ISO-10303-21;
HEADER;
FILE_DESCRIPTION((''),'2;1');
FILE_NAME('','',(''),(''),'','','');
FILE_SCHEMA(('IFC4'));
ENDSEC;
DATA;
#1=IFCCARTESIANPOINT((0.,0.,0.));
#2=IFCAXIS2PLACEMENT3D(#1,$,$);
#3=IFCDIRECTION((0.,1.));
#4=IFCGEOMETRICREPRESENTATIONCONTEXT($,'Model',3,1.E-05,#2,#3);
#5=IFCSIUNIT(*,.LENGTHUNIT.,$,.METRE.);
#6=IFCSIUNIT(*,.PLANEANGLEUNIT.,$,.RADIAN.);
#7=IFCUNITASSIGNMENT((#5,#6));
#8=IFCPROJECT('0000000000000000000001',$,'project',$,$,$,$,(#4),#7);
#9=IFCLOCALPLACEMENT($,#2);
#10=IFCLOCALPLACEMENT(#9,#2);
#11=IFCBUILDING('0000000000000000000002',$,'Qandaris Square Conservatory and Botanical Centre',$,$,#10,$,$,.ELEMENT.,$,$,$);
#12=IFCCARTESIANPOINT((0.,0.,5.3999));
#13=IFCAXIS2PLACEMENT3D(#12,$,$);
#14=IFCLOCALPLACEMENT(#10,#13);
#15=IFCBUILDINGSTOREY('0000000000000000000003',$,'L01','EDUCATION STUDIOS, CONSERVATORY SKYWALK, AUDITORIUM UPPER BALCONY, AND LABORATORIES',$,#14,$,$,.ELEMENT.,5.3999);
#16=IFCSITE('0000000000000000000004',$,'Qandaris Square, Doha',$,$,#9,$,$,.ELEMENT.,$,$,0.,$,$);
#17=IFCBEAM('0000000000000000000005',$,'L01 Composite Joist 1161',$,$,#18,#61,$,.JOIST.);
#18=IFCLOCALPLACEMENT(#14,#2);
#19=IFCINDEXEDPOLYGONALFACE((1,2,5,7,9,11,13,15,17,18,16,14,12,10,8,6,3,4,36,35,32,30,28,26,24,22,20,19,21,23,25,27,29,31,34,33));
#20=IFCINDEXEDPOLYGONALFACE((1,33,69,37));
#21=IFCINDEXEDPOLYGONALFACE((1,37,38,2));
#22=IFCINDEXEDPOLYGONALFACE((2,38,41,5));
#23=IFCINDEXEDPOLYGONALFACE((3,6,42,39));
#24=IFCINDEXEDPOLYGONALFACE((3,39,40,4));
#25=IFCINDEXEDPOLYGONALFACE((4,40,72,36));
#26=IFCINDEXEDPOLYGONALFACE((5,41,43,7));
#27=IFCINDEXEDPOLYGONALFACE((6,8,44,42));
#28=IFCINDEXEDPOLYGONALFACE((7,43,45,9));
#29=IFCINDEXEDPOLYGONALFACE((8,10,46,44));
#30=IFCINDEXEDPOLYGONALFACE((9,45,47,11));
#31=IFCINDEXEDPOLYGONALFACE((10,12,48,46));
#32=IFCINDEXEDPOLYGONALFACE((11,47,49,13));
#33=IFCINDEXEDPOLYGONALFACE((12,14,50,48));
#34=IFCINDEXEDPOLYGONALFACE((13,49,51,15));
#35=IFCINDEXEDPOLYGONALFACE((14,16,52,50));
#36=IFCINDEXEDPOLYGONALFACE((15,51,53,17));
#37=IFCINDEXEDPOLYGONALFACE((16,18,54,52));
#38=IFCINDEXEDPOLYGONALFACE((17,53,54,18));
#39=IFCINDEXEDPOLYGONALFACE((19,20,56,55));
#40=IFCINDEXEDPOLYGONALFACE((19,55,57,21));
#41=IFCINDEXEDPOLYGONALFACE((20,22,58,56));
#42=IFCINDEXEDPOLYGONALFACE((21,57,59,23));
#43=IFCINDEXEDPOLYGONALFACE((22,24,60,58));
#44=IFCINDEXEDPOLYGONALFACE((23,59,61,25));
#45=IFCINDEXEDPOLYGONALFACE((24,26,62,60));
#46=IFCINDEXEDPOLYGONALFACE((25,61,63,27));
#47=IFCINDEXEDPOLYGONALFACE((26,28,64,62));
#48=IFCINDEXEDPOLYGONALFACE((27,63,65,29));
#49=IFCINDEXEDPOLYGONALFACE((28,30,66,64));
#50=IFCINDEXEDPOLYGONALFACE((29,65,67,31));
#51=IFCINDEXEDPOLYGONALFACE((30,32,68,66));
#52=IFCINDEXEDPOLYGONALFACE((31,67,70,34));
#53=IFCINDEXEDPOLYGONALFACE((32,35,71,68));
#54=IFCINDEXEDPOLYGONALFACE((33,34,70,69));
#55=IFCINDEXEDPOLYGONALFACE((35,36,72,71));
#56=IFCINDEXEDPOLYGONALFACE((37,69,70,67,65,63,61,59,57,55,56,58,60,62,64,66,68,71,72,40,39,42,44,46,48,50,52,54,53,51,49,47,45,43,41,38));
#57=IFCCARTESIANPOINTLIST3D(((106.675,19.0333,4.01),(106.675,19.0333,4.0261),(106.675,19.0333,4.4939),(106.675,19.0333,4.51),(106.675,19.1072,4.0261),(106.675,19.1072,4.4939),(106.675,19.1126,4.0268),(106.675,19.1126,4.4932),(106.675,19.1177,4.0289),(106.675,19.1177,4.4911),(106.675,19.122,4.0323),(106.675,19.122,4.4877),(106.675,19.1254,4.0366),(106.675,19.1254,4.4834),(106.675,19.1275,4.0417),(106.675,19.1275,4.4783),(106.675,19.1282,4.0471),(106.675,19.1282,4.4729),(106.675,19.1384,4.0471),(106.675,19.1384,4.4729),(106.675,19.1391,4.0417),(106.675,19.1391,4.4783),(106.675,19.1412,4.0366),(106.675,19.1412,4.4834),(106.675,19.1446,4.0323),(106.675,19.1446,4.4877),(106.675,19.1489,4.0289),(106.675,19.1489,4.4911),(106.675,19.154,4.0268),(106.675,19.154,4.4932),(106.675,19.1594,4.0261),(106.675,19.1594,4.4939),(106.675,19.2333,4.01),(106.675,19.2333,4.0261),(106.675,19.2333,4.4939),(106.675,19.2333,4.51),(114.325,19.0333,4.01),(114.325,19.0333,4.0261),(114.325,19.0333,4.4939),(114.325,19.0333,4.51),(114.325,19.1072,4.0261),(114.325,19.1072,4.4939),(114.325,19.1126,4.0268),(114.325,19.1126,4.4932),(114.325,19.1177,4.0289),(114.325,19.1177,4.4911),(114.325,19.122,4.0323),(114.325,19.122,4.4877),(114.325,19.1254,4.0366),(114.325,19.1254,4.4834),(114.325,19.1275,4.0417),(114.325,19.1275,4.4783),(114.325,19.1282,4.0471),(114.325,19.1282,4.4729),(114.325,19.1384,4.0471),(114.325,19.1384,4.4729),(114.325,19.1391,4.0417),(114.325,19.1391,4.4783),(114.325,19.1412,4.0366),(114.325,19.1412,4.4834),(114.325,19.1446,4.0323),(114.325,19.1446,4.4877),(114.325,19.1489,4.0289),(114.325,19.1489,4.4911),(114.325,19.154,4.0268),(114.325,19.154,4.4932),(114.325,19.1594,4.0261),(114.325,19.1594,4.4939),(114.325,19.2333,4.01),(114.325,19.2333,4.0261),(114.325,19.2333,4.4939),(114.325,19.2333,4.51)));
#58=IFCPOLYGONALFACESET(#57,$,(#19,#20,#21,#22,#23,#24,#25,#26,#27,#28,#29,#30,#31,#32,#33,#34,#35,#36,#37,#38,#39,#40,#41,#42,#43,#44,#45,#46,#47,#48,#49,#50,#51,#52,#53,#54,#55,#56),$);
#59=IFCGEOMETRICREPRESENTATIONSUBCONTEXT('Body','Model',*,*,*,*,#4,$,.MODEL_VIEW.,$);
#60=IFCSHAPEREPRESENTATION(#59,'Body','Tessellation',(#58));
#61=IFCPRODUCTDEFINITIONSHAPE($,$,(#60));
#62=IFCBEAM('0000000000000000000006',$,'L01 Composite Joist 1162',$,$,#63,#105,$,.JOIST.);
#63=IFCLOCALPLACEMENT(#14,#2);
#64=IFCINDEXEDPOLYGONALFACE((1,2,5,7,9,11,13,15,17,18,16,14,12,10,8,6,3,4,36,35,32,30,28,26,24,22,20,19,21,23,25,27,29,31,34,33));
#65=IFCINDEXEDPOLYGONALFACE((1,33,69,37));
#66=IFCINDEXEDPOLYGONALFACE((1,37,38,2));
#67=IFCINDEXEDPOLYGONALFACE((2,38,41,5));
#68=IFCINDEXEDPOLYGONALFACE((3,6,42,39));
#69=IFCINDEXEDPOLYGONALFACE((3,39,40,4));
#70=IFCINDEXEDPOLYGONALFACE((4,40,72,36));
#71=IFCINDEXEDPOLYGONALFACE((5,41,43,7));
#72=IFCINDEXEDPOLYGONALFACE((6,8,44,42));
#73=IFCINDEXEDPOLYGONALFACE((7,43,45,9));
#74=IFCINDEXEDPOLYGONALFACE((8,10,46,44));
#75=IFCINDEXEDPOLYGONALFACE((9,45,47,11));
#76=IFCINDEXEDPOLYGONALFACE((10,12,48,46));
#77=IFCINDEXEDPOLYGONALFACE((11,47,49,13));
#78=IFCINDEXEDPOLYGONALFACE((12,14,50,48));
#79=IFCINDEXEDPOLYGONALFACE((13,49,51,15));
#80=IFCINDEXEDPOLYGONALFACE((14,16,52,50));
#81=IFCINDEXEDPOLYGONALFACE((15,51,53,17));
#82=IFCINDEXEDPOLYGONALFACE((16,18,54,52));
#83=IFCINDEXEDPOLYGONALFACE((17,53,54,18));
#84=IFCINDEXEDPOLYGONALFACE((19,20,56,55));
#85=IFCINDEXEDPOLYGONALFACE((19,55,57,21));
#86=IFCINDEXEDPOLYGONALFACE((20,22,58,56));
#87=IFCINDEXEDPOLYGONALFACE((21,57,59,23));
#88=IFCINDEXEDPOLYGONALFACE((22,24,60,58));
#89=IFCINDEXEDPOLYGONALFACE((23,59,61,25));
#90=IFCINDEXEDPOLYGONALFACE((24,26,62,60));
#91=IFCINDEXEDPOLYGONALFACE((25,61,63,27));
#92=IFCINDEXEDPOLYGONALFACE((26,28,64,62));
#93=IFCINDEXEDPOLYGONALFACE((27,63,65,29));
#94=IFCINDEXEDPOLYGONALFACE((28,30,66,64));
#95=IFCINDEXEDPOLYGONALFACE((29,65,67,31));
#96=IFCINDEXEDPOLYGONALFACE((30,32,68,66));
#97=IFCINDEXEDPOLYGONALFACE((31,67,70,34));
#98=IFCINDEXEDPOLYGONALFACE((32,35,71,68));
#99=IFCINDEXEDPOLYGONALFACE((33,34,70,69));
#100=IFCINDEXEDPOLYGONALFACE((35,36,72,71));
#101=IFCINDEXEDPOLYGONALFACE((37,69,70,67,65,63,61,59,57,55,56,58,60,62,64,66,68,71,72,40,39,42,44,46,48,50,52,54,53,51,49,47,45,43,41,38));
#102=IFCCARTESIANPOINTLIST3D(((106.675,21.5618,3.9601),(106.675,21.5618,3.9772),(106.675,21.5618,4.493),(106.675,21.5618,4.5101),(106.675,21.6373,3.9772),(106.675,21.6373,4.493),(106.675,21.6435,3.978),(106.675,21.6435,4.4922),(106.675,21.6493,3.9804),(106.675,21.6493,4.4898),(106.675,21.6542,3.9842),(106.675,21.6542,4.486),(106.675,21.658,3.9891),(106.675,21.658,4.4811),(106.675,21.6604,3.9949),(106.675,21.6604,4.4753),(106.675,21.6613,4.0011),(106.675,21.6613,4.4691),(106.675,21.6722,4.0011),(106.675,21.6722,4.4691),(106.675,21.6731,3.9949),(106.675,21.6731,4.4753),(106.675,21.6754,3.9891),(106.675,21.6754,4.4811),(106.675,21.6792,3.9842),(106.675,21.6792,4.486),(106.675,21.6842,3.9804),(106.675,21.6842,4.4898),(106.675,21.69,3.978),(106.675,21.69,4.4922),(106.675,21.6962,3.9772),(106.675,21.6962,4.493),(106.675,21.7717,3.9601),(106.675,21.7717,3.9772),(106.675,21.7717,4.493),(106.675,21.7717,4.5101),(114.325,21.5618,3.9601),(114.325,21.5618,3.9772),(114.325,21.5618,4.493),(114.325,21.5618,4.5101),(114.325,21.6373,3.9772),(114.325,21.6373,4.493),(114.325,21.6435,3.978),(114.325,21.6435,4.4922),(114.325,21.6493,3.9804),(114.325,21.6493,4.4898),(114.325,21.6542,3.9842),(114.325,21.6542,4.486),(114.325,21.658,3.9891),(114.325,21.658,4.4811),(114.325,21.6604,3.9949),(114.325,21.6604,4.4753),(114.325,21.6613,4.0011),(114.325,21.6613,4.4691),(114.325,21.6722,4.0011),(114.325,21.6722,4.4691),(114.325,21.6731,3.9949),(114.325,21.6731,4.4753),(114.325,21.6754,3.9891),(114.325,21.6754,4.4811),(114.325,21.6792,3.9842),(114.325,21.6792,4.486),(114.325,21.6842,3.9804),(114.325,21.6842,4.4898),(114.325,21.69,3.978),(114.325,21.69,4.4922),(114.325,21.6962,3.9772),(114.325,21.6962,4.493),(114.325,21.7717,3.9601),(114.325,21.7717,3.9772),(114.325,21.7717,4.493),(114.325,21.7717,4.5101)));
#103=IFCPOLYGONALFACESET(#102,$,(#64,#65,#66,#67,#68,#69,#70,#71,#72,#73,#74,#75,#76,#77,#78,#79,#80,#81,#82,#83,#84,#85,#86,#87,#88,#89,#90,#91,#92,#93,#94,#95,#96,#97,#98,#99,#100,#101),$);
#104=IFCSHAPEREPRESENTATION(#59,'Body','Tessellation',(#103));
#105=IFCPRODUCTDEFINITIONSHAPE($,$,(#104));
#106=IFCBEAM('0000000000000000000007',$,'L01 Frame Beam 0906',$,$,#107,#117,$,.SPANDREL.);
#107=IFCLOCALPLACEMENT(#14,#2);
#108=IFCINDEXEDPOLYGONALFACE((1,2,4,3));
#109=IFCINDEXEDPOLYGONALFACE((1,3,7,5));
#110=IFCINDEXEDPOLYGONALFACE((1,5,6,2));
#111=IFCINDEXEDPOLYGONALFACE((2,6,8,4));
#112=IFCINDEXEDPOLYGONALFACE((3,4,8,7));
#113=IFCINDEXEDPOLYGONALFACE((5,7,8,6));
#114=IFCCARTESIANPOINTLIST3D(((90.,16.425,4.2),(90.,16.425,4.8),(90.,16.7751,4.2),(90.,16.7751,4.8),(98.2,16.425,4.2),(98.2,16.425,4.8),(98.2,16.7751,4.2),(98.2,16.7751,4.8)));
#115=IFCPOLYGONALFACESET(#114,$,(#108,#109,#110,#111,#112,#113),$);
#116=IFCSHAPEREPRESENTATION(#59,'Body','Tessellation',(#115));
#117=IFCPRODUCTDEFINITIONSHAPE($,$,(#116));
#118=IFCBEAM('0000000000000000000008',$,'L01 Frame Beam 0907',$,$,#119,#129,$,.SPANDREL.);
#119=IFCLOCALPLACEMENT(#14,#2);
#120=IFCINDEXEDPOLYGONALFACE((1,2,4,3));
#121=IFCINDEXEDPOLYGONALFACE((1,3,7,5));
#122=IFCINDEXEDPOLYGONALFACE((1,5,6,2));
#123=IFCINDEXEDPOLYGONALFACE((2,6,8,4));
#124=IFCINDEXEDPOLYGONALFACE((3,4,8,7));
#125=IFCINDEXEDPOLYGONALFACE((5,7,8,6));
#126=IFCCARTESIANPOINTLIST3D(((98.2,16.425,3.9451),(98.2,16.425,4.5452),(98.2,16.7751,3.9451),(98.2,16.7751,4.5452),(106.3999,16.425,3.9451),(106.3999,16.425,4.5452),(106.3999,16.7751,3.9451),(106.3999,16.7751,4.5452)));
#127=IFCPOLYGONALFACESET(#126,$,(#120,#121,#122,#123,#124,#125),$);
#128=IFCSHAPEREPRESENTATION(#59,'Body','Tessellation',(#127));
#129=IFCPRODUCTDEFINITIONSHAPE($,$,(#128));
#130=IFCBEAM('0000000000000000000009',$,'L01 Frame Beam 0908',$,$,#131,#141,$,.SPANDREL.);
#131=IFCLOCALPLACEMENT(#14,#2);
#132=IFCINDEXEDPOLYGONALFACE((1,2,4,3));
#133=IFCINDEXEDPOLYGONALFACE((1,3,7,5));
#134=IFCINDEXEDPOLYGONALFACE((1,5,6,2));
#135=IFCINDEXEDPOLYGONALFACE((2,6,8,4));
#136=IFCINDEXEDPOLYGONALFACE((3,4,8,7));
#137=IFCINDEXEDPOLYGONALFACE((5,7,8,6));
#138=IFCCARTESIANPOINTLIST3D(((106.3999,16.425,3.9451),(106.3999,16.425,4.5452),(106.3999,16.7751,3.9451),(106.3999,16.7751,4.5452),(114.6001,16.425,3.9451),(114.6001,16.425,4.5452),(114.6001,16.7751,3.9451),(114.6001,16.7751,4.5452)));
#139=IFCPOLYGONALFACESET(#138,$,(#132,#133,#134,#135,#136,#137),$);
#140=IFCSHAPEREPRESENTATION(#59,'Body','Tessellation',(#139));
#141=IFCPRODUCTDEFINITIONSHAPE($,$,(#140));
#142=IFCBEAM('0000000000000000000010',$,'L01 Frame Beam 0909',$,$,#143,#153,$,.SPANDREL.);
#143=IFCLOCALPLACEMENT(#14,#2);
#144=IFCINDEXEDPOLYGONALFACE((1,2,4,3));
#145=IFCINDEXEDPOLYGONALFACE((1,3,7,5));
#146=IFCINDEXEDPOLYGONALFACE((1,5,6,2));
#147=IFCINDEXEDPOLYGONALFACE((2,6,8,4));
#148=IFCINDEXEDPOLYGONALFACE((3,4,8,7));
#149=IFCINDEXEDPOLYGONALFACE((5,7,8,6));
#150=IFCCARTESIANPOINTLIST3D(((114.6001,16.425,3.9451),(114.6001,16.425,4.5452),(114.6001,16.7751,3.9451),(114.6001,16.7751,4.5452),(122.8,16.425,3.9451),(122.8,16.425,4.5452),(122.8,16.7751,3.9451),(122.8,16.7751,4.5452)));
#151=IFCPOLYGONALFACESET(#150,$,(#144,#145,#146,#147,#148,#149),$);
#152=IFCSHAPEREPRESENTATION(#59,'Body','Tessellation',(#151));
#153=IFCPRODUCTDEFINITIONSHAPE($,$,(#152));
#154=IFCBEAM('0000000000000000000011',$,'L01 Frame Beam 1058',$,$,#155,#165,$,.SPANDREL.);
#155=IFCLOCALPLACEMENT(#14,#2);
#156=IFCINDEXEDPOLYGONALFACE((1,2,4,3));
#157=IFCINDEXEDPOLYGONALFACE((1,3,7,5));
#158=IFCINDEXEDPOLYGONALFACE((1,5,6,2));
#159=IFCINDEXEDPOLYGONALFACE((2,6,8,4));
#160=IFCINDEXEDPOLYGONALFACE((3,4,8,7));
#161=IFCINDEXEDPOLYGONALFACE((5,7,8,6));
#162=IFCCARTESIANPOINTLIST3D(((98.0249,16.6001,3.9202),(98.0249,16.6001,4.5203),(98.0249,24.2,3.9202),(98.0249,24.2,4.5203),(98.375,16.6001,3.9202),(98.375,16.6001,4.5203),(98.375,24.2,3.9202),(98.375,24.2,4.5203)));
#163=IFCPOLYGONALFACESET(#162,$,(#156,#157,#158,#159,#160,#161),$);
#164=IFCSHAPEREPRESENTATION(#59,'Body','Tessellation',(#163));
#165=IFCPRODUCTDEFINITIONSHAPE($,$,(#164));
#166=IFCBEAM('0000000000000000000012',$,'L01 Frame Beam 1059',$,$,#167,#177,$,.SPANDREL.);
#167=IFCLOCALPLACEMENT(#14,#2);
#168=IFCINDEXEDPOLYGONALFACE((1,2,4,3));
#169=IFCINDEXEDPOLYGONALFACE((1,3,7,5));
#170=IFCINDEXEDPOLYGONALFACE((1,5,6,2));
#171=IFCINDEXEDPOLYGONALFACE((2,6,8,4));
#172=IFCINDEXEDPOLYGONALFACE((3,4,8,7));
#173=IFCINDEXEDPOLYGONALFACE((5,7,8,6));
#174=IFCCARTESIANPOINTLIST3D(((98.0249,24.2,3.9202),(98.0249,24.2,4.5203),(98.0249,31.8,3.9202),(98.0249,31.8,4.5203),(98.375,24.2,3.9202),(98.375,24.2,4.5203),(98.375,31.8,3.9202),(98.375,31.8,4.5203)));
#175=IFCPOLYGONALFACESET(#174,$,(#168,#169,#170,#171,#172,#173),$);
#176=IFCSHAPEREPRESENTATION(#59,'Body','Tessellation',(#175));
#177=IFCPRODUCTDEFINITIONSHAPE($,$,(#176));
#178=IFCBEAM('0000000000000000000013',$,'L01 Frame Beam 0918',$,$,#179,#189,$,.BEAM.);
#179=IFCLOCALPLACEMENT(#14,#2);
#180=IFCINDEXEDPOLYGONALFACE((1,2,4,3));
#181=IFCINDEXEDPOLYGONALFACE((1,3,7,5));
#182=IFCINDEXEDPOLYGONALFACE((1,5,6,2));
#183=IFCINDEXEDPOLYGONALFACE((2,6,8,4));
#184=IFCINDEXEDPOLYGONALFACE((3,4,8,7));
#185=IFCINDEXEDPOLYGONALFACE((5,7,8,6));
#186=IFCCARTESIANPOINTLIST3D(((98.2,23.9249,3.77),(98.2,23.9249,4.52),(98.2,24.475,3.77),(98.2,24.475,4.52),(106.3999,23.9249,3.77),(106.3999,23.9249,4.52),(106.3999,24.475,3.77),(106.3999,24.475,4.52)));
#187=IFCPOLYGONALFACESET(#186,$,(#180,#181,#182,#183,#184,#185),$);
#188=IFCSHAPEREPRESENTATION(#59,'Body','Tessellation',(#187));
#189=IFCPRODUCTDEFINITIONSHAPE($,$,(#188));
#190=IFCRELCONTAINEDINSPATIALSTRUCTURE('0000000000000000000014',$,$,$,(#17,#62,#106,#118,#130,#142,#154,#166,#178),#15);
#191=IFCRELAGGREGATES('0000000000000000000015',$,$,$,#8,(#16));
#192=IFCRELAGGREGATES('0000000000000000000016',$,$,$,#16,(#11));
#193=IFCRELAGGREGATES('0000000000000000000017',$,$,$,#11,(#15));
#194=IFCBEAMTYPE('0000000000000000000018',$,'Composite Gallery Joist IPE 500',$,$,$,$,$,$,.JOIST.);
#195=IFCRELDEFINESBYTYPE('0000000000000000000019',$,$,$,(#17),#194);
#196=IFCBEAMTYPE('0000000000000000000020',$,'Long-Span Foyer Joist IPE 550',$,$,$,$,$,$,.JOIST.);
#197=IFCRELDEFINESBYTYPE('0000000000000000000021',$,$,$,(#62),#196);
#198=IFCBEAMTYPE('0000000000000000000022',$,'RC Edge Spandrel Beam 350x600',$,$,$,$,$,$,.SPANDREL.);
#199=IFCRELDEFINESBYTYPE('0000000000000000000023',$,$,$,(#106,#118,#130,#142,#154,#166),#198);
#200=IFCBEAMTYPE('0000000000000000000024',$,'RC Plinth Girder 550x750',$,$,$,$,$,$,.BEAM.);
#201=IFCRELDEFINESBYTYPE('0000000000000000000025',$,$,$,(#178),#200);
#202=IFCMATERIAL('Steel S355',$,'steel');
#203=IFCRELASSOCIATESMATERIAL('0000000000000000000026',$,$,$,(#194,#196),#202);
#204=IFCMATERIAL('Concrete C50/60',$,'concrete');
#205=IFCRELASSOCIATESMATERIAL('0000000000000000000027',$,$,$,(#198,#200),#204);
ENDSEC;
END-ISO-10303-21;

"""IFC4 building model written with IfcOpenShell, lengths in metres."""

from ifc_helpers import new_model, si_unit, direction, frame, origin, origin_2d, place, context, subcontext, project, spatial, rectangle, i_section, extrude, material, material_profile, profile_set, type_object, element, save


model = new_model("IFC4")

# Units and contexts
model_context = context("Model", 3, precision=1e-05, world=origin(), true_north=direction((0.0, 1.0)))
body_context = subcontext(model_context, "Body", "Model", "MODEL_VIEW")
ifc_project = project(units=[si_unit("LENGTHUNIT", "METRE"), si_unit("PLANEANGLEUNIT", "RADIAN")], contexts=[model_context])

# Site, building, storey
site_placement = place(None, origin())
site = spatial("IfcSite", under=ifc_project, at=site_placement, Name="Qandaris Square, Doha", CompositionType="ELEMENT", RefElevation=0.0)
building_placement = place(site_placement, origin())
building = spatial("IfcBuilding", under=site, at=building_placement, Name="Qandaris Square Conservatory and Botanical Centre", CompositionType="ELEMENT")
storey_placement = place(building_placement, frame((0.0, 0.0, 5.3999)))
storey = spatial("IfcBuildingStorey", under=building, at=storey_placement, Name="L01", Description="EDUCATION STUDIOS, CONSERVATORY SKYWALK, AUDITORIUM UPPER BALCONY, AND LABORATORIES", CompositionType="ELEMENT", Elevation=5.3999)

# Shared definitions
ifc_material_1 = material(Name="Concrete C50/60", Category="concrete")

# Shared definitions
ifc_material_2 = material(Name="Steel S355", Category="steel")

# Beams
ifc_material_profile_1 = material_profile(ifc_material_2, i_section(OverallWidth=0.2, OverallDepth=0.5, WebThickness=0.0103, FlangeThickness=0.0161, FilletRadius=0.021, at=origin_2d()), Name="IPE 500")
ifc_profile_set_1 = profile_set([ifc_material_profile_1], Name="Steel S355")
beam_type_1 = type_object("IfcBeamType", Name="Composite Gallery Joist IPE 500", PredefinedType="JOIST", material=ifc_profile_set_1)
beam_1_placement = place(storey_placement, frame((106.675, 19.1333, 4.26), z_axis=(1.0, 0.0, 0.0), x_axis=(0.0, 1.0, 0.0)))
element("IfcBeam", 1, at=beam_1_placement, inside=storey, type_object=beam_type_1, Name="L01 Composite Joist 1161", PredefinedType="JOIST", context=body_context, shape_type="SweptSolid", body=[
    extrude(i_section(OverallWidth=0.2, OverallDepth=0.5, WebThickness=0.0103, FlangeThickness=0.0161, FilletRadius=0.021, at=origin_2d()), origin(), (0.0, 0.0, 1.0), 7.6499),
])
ifc_material_profile_2 = material_profile(ifc_material_2, i_section(OverallWidth=0.21, OverallDepth=0.55, WebThickness=0.011, FlangeThickness=0.0171, FilletRadius=0.0239, at=origin_2d()), Name="IPE 550")
ifc_profile_set_2 = profile_set([ifc_material_profile_2], Name="Steel S355")
beam_type_2 = type_object("IfcBeamType", Name="Long-Span Foyer Joist IPE 550", PredefinedType="JOIST", material=ifc_profile_set_2)
beam_2_placement = place(storey_placement, frame((106.675, 21.6667, 4.2351), z_axis=(1.0, 0.0, 0.0), x_axis=(0.0, 1.0, 0.0)))
element("IfcBeam", 2, at=beam_2_placement, inside=storey, type_object=beam_type_2, Name="L01 Composite Joist 1162", PredefinedType="JOIST", context=body_context, shape_type="SweptSolid", body=[
    extrude(i_section(OverallWidth=0.21, OverallDepth=0.55, WebThickness=0.011, FlangeThickness=0.0171, FilletRadius=0.0239, at=origin_2d()), origin(), (0.0, 0.0, 1.0), 7.6499),
])
ifc_material_profile_3 = material_profile(ifc_material_1, rectangle(XDim=0.3501, YDim=0.6001, at=origin_2d()), Name="RC-SP 350x600")
ifc_profile_set_3 = profile_set([ifc_material_profile_3], Name="Concrete C50/60")
beam_type_3 = type_object("IfcBeamType", Name="RC Edge Spandrel Beam 350x600", PredefinedType="SPANDREL", material=ifc_profile_set_3)
for number, where, z_axis, x_axis, name in (
    (3, (90.0, 16.6001, 4.5), (1.0, 0.0, 0.0), (0.0, 1.0, 0.0), "L01 Frame Beam 0906"),
    (4, (98.2, 16.6001, 4.2451), (1.0, 0.0, 0.0), (0.0, 1.0, 0.0), "L01 Frame Beam 0907"),
):
    element("IfcBeam", number, at=place(storey_placement, frame(where, z_axis=z_axis, x_axis=x_axis)), inside=storey, type_object=beam_type_3, Name=name, PredefinedType="SPANDREL", context=body_context, shape_type="SweptSolid", body=[
        extrude(rectangle(XDim=0.3501, YDim=0.6001, at=origin_2d()), origin(), (0.0, 0.0, 1.0), 8.2),
    ])
beam_3_placement = place(storey_placement, frame((106.3999, 16.6001, 4.2451), z_axis=(1.0, 0.0, 0.0), x_axis=(0.0, 1.0, 0.0)))
element("IfcBeam", 5, at=beam_3_placement, inside=storey, type_object=beam_type_3, Name="L01 Frame Beam 0908", PredefinedType="SPANDREL", context=body_context, shape_type="SweptSolid", body=[
    extrude(rectangle(XDim=0.3501, YDim=0.6001, at=origin_2d()), origin(), (0.0, 0.0, 1.0), 8.2002),
])
beam_4_placement = place(storey_placement, frame((114.6001, 16.6001, 4.2451), z_axis=(1.0, 0.0, 0.0), x_axis=(0.0, 1.0, 0.0)))
element("IfcBeam", 6, at=beam_4_placement, inside=storey, type_object=beam_type_3, Name="L01 Frame Beam 0909", PredefinedType="SPANDREL", context=body_context, shape_type="SweptSolid", body=[
    extrude(rectangle(XDim=0.3501, YDim=0.6001, at=origin_2d()), origin(), (0.0, 0.0, 1.0), 8.2),
])
beam_5_placement = place(storey_placement, frame((98.2, 16.6001, 4.2202), z_axis=(0.0, 1.0, 0.0), x_axis=(-1.0, 0.0, 0.0)))
element("IfcBeam", 7, at=beam_5_placement, inside=storey, type_object=beam_type_3, Name="L01 Frame Beam 1058", PredefinedType="SPANDREL", context=body_context, shape_type="SweptSolid", body=[
    extrude(rectangle(XDim=0.3501, YDim=0.6001, at=origin_2d()), origin(), (0.0, 0.0, 1.0), 7.5999),
])
beam_6_placement = place(storey_placement, frame((98.2, 24.2, 4.2202), z_axis=(0.0, 1.0, 0.0), x_axis=(-1.0, 0.0, 0.0)))
element("IfcBeam", 8, at=beam_6_placement, inside=storey, type_object=beam_type_3, Name="L01 Frame Beam 1059", PredefinedType="SPANDREL", context=body_context, shape_type="SweptSolid", body=[
    extrude(rectangle(XDim=0.3501, YDim=0.6001, at=origin_2d()), origin(), (0.0, 0.0, 1.0), 7.6001),
])
ifc_material_profile_4 = material_profile(ifc_material_1, rectangle(XDim=0.55, YDim=0.75, at=origin_2d()), Name="RC-BM 550x750")
ifc_profile_set_4 = profile_set([ifc_material_profile_4], Name="Concrete C50/60")
beam_type_4 = type_object("IfcBeamType", Name="RC Plinth Girder 550x750", PredefinedType="BEAM", material=ifc_profile_set_4)
beam_7_placement = place(storey_placement, frame((98.2, 24.2, 4.145), z_axis=(1.0, 0.0, 0.0), x_axis=(0.0, 1.0, 0.0)))
element("IfcBeam", 9, at=beam_7_placement, inside=storey, type_object=beam_type_4, Name="L01 Frame Beam 0918", PredefinedType="BEAM", context=body_context, shape_type="SweptSolid", body=[
    extrude(rectangle(XDim=0.55, YDim=0.75, at=origin_2d()), origin(), (0.0, 0.0, 1.0), 8.2),
])

save(model, "model.ifc")
